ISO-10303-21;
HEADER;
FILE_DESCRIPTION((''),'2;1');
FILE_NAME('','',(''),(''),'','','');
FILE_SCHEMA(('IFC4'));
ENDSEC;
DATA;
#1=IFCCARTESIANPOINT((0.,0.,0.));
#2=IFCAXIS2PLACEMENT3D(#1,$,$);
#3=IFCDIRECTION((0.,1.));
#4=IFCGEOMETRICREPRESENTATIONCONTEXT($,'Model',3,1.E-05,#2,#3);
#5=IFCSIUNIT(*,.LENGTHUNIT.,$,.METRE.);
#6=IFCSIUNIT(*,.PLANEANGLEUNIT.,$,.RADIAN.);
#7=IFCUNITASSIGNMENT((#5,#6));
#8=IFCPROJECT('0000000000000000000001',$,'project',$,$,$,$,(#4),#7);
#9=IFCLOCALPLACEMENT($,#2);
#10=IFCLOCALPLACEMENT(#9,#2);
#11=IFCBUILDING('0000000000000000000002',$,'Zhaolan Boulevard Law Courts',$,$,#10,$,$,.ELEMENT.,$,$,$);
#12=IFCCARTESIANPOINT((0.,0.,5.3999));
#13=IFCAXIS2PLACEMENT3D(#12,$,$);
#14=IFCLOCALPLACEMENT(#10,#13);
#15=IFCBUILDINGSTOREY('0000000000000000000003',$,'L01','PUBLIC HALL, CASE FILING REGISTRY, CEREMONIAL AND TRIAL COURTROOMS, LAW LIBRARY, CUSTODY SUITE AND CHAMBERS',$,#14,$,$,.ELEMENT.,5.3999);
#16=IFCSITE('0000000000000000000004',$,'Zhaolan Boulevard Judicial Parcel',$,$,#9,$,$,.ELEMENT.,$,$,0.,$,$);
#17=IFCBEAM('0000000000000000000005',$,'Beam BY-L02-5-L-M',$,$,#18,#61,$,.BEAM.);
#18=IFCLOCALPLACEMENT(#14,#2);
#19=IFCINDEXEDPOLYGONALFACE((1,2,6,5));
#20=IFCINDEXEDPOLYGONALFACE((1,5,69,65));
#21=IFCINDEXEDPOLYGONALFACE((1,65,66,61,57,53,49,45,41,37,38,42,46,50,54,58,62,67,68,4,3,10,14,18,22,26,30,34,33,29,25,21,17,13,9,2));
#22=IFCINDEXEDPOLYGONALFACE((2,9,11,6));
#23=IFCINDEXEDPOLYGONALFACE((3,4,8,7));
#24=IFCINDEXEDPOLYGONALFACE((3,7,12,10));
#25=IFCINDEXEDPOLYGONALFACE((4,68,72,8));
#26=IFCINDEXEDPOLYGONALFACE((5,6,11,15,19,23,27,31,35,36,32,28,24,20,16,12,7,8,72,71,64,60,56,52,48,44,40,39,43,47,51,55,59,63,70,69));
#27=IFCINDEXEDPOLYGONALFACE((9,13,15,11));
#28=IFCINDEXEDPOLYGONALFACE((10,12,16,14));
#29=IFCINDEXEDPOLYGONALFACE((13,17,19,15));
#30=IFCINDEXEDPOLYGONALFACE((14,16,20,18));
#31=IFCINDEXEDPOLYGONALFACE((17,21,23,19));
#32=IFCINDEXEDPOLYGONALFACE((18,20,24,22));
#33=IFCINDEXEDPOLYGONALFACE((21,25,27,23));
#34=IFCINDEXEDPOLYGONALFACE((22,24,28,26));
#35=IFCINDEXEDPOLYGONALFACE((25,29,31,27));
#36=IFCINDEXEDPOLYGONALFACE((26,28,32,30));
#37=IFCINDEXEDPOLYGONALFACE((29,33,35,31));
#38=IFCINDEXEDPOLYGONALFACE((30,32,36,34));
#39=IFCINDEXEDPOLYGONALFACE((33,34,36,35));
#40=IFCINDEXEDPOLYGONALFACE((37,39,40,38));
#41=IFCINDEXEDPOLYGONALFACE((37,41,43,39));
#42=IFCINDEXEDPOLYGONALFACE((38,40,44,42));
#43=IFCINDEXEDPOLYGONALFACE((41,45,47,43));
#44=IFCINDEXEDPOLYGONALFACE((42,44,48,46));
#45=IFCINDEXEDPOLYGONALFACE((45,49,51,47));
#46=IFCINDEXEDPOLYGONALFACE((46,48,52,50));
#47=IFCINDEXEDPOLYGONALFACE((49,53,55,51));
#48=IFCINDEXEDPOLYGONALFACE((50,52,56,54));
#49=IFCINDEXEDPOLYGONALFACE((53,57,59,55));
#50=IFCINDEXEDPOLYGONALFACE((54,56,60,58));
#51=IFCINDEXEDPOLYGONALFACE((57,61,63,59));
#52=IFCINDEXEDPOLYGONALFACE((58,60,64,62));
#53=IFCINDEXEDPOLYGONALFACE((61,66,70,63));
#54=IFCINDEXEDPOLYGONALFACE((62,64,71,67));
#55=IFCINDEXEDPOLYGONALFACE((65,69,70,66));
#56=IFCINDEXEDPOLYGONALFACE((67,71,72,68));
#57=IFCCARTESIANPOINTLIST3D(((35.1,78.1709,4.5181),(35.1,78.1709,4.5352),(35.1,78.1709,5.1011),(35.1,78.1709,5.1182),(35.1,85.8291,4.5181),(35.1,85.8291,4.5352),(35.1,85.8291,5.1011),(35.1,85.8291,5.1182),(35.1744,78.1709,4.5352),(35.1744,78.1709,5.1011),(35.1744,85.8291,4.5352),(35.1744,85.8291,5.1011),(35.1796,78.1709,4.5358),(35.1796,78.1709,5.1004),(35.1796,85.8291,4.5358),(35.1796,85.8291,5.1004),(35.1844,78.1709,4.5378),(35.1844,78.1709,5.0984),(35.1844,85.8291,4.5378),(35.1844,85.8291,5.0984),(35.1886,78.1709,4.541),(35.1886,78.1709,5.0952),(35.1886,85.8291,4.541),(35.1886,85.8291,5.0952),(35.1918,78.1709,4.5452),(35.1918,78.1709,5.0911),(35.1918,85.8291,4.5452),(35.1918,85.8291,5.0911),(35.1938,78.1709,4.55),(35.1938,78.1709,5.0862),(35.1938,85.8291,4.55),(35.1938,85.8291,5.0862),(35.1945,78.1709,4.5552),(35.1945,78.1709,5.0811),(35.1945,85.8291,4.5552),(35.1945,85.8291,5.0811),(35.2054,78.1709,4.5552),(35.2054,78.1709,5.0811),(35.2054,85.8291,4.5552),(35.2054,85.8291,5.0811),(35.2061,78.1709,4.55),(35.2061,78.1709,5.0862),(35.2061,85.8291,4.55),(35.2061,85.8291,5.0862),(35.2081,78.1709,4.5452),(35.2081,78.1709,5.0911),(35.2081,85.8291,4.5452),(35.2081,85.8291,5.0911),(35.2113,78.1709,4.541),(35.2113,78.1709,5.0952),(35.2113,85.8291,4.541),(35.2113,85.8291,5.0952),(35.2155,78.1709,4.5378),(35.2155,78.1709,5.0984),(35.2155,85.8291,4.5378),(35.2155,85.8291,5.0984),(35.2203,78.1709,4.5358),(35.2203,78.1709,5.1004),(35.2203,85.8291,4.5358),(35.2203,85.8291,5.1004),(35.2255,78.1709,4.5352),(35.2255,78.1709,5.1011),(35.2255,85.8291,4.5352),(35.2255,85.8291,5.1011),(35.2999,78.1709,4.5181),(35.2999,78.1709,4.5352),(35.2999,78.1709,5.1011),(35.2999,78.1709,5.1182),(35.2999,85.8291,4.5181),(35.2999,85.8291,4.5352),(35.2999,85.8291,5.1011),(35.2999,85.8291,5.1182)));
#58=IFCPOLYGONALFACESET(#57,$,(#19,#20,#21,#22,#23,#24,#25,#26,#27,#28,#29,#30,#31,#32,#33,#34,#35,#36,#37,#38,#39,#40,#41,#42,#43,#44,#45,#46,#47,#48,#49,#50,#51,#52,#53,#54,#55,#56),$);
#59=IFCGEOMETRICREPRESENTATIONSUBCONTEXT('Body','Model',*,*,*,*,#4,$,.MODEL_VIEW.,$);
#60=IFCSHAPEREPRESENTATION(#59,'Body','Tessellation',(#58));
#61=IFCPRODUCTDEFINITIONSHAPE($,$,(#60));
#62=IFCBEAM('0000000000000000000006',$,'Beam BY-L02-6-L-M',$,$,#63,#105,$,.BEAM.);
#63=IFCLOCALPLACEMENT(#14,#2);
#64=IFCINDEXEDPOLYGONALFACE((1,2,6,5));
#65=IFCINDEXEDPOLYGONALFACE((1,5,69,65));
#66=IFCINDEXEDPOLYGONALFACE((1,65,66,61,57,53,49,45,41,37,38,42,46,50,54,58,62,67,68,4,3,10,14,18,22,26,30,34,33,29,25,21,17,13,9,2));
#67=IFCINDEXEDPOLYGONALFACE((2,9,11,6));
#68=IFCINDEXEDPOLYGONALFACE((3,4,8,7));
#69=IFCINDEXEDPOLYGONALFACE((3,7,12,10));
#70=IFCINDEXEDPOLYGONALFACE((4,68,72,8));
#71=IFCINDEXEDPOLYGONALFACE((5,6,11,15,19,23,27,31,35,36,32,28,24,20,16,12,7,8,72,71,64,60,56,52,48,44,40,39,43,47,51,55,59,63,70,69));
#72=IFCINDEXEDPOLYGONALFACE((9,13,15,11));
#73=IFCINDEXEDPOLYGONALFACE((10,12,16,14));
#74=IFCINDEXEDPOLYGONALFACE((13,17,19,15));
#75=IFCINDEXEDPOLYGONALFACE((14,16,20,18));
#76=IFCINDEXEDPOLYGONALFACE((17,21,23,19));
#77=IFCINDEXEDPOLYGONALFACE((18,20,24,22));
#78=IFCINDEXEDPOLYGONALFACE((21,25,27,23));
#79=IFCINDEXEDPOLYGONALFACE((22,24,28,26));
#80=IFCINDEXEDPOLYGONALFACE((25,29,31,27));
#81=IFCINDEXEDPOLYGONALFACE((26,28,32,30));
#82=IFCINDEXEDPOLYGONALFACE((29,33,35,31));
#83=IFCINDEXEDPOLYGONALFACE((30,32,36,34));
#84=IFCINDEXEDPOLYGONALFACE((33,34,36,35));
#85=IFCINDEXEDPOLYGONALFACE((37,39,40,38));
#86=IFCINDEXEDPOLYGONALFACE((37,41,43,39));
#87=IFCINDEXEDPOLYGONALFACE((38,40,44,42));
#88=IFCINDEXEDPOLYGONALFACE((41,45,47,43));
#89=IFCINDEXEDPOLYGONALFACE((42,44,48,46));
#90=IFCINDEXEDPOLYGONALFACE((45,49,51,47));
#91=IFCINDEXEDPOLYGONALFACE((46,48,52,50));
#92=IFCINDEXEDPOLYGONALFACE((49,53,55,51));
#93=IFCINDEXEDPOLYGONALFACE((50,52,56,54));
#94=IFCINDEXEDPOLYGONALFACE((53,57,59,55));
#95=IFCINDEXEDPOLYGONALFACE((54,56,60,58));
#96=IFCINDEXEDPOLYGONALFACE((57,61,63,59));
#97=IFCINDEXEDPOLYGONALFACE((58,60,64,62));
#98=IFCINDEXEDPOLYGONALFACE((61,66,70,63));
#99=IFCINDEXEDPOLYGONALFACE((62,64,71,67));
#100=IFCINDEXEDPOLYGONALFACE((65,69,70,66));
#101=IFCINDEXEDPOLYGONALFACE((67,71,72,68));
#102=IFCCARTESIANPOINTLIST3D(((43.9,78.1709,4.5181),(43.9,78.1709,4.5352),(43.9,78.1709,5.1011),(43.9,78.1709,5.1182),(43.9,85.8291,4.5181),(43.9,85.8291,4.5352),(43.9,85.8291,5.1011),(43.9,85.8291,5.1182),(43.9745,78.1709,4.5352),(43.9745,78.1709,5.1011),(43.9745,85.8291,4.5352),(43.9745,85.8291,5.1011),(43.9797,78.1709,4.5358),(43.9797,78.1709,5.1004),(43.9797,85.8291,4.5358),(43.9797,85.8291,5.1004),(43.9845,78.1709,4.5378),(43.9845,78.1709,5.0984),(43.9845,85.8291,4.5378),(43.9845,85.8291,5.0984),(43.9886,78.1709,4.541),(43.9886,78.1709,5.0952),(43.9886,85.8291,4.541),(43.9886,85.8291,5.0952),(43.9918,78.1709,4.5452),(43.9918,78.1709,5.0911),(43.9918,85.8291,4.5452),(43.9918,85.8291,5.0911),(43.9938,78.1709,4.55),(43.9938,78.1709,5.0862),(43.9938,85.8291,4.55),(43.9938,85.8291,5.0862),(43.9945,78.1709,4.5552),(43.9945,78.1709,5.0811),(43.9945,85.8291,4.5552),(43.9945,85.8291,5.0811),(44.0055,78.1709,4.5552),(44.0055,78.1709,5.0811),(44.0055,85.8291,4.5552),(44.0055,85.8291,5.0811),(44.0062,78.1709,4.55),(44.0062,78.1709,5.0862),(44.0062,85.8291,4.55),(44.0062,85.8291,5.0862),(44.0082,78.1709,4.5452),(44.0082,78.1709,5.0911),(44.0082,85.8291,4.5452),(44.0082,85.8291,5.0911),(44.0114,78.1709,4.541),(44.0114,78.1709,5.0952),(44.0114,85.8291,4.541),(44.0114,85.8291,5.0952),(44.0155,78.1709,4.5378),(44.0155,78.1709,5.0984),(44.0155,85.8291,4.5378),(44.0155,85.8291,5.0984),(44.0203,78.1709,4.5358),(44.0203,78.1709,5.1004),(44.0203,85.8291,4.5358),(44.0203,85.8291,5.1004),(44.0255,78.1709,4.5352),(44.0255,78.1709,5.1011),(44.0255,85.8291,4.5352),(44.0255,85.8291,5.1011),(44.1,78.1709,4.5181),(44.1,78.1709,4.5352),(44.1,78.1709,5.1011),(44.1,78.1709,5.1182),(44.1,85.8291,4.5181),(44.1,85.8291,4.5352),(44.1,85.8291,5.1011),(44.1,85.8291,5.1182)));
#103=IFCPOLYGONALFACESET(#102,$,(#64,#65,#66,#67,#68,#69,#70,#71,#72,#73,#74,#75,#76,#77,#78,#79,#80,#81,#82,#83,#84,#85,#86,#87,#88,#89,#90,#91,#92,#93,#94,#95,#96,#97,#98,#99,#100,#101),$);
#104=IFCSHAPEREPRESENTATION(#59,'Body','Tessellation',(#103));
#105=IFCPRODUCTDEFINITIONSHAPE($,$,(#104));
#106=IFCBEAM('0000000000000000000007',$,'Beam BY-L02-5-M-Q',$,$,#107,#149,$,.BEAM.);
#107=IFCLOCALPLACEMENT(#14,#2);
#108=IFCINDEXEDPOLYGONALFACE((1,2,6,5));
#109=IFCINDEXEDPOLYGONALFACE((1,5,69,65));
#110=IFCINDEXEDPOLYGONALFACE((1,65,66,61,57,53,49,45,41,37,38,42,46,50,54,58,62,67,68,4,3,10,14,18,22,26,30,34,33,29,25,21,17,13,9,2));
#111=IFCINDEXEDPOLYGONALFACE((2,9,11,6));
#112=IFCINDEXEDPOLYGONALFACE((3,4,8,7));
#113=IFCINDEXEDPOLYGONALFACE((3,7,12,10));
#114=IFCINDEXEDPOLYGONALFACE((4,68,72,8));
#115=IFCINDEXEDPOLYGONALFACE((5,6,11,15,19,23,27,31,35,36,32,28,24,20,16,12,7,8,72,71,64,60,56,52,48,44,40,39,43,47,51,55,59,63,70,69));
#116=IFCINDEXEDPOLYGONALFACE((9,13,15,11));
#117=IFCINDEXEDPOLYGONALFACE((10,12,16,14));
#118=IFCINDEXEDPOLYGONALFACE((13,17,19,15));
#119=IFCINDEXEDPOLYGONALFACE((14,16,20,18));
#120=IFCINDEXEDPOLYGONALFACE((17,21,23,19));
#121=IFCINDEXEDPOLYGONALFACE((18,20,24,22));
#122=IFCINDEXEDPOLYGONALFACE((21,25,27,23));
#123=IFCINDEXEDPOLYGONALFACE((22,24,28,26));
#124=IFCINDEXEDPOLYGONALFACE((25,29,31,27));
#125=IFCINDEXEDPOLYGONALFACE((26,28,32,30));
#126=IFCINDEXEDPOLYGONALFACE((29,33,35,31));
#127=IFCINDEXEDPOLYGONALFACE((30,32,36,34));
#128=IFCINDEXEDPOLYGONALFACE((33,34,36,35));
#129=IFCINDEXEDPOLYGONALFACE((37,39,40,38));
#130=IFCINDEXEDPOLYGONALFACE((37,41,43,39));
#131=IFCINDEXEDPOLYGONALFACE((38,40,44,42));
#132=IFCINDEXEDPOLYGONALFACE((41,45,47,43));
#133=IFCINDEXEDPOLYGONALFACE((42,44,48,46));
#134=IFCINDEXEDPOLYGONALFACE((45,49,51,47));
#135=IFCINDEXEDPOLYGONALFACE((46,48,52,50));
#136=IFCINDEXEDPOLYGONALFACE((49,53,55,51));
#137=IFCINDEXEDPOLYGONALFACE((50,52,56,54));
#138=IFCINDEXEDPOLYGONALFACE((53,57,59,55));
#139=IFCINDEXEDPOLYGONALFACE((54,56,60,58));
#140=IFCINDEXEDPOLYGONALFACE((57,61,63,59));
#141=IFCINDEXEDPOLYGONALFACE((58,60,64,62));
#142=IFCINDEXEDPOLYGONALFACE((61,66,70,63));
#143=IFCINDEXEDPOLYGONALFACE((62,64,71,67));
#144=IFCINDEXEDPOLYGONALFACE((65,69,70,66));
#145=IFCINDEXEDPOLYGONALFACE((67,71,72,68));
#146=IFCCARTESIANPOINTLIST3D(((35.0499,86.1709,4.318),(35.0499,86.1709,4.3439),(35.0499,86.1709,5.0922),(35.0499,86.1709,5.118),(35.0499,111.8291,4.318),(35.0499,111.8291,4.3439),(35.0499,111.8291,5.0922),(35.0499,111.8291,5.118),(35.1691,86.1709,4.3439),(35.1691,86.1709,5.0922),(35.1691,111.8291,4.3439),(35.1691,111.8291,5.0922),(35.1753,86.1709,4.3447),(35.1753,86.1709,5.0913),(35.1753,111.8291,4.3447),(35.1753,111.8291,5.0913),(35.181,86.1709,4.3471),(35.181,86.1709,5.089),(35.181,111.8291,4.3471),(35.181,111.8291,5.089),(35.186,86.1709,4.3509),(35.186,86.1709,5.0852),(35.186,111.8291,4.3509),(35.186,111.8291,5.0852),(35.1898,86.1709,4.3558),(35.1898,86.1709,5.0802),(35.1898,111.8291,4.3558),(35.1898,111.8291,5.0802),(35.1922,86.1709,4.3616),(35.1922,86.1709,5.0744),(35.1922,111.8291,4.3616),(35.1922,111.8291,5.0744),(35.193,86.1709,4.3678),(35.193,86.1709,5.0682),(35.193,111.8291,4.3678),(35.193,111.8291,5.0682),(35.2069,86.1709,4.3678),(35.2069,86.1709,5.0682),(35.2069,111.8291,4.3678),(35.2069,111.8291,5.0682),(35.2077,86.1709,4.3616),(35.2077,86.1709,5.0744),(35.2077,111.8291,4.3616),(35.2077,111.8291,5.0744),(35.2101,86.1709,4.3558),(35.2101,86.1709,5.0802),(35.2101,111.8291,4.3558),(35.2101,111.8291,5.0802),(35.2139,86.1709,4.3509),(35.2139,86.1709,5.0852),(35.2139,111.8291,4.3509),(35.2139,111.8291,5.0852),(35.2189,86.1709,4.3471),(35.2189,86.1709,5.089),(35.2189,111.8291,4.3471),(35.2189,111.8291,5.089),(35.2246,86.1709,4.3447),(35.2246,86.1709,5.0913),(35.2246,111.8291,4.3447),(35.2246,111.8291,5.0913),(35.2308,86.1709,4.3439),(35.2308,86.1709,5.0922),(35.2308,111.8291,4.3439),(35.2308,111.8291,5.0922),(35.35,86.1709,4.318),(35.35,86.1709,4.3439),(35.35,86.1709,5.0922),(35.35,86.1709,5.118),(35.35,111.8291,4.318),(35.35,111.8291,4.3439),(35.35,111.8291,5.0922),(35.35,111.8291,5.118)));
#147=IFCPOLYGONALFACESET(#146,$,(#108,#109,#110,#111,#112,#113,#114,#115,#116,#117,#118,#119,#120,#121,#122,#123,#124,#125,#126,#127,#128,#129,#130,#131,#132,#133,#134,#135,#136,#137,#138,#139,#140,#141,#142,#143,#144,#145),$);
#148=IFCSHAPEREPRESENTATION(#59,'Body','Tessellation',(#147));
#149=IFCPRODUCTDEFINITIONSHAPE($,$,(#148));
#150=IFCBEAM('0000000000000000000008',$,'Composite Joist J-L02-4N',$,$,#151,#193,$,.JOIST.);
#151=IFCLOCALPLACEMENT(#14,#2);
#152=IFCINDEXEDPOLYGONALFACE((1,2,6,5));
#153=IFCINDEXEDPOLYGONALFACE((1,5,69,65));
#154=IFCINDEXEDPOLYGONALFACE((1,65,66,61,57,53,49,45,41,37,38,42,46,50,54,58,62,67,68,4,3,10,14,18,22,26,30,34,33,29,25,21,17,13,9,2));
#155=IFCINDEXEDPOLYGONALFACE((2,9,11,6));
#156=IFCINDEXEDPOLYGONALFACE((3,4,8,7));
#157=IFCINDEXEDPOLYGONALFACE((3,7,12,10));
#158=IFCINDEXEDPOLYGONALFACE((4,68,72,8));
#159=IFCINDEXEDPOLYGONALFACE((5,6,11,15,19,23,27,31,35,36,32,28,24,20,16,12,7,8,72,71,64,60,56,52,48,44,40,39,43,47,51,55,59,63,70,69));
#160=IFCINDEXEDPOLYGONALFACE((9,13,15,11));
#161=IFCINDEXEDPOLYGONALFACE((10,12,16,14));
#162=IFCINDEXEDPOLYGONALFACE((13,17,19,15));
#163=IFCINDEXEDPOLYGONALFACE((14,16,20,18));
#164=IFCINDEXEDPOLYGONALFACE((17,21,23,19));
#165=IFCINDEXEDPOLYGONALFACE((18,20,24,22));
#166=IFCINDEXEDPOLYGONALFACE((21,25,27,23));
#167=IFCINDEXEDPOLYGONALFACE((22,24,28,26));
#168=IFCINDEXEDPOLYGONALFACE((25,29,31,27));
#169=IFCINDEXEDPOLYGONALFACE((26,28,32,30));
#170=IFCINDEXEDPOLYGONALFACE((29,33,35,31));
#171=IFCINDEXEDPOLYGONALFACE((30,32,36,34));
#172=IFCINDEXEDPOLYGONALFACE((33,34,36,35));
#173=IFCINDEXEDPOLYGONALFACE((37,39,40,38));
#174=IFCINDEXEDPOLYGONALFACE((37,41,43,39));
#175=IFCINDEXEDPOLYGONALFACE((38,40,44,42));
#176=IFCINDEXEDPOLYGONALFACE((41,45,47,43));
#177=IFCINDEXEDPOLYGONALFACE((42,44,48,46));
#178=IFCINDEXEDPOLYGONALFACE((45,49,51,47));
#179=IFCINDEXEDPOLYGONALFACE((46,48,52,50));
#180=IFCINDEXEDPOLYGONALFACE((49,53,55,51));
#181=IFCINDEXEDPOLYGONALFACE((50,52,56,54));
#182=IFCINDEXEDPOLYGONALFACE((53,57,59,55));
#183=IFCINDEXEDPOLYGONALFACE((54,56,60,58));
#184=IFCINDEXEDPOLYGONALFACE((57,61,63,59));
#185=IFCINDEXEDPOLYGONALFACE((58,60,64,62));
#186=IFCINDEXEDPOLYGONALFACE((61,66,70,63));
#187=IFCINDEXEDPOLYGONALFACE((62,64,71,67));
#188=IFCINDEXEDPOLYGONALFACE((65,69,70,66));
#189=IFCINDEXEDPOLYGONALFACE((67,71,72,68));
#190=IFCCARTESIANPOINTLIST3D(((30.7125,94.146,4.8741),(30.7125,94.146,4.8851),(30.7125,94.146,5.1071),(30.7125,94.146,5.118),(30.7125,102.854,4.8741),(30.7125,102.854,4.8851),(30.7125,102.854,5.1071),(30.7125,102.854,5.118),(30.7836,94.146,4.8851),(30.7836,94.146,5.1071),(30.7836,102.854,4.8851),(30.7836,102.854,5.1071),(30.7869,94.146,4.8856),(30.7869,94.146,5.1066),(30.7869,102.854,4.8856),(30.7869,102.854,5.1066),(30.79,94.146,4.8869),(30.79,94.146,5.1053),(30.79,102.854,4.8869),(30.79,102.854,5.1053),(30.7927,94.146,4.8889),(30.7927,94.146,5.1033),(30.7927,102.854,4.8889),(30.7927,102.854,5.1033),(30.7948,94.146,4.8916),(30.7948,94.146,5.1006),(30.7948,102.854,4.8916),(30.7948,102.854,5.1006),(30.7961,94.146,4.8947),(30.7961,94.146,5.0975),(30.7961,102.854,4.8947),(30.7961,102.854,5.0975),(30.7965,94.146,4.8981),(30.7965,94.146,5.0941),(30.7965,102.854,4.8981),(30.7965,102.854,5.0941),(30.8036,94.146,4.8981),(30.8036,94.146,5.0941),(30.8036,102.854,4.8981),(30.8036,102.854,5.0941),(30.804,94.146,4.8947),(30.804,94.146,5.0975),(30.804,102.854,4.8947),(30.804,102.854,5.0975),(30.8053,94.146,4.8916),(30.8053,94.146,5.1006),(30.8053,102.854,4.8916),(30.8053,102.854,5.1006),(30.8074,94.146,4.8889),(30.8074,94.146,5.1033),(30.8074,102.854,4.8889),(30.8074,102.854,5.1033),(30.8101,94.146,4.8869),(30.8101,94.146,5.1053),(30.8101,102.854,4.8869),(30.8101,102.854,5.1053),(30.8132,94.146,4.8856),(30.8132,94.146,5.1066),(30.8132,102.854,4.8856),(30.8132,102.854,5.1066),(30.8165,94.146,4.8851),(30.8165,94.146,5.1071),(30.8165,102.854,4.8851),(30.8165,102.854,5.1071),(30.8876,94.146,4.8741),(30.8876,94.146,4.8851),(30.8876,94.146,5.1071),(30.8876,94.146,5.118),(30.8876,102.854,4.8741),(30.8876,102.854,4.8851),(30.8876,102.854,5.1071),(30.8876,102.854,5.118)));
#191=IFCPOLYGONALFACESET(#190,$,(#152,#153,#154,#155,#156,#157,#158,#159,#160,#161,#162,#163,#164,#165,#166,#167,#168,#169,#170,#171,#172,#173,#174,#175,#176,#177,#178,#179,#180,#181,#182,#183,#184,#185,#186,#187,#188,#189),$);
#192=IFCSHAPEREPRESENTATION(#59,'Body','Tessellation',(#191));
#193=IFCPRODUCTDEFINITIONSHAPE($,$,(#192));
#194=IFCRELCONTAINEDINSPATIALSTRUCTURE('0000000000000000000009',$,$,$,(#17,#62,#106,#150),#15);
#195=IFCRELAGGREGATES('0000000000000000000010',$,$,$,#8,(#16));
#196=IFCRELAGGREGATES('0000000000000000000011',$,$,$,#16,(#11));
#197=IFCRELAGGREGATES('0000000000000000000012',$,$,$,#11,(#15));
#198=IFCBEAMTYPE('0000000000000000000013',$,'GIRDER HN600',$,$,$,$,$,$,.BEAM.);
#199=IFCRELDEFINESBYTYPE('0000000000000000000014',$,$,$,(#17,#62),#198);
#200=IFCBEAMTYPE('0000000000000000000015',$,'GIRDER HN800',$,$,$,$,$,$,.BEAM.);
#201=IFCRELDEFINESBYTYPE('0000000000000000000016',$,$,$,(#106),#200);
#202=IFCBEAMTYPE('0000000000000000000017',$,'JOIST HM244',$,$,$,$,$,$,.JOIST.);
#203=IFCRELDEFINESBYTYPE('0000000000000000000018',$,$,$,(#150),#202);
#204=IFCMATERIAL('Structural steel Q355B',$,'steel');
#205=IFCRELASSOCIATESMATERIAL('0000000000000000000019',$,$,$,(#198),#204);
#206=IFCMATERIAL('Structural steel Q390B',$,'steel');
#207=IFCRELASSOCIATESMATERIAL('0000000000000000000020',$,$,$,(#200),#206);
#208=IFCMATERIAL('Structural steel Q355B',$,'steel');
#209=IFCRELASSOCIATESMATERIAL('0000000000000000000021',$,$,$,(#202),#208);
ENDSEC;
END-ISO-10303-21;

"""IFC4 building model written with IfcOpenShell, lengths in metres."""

from ifc_helpers import new_model, si_unit, direction, frame, origin, origin_2d, place, context, subcontext, project, spatial, i_section, extrude, material, material_profile, profile_set, type_object, element, save


model = new_model("IFC4")

# Units and contexts
model_context = context("Model", 3, precision=1e-05, world=origin(), true_north=direction((0.0, 1.0)))
body_context = subcontext(model_context, "Body", "Model", "MODEL_VIEW")
ifc_project = project(units=[si_unit("LENGTHUNIT", "METRE"), si_unit("PLANEANGLEUNIT", "RADIAN")], contexts=[model_context])

# Site, building, storey
site_placement = place(None, origin())
site = spatial("IfcSite", under=ifc_project, at=site_placement, Name="Zhaolan Boulevard Judicial Parcel", CompositionType="ELEMENT", RefElevation=0.0)
building_placement = place(site_placement, origin())
building = spatial("IfcBuilding", under=site, at=building_placement, Name="Zhaolan Boulevard Law Courts", CompositionType="ELEMENT")
storey_placement = place(building_placement, frame((0.0, 0.0, 5.3999)))
storey = spatial("IfcBuildingStorey", under=building, at=storey_placement, Name="L01", Description="PUBLIC HALL, CASE FILING REGISTRY, CEREMONIAL AND TRIAL COURTROOMS, LAW LIBRARY, CUSTODY SUITE AND CHAMBERS", CompositionType="ELEMENT", Elevation=5.3999)

# Beams
ifc_material_1 = material(Name="Structural steel Q355B", Category="steel")
ifc_material_profile_1 = material_profile(ifc_material_1, i_section(OverallWidth=0.2, OverallDepth=0.6001, WebThickness=0.011, FlangeThickness=0.0171, FilletRadius=0.02, at=origin_2d()), Name="HN600x200")
ifc_profile_set_1 = profile_set([ifc_material_profile_1], Name="Structural steel Q355B")
beam_type_1 = type_object("IfcBeamType", Name="GIRDER HN600", PredefinedType="BEAM", material=ifc_profile_set_1)
for number, where, z_axis, x_axis, name in (
    (1, (35.2, 78.1709, 4.8181), (0.0, 1.0, 0.0), (-1.0, 0.0, 0.0), "Beam BY-L02-5-L-M"),
    (2, (44.0, 78.1709, 4.8181), (0.0, 1.0, 0.0), (-1.0, 0.0, 0.0), "Beam BY-L02-6-L-M"),
):
    element("IfcBeam", number, at=place(storey_placement, frame(where, z_axis=z_axis, x_axis=x_axis)), inside=storey, type_object=beam_type_1, Name=name, PredefinedType="BEAM", context=body_context, shape_type="SweptSolid", body=[
        extrude(i_section(OverallWidth=0.2, OverallDepth=0.6001, WebThickness=0.011, FlangeThickness=0.0171, FilletRadius=0.02, at=origin_2d()), origin(), (0.0, 0.0, 1.0), 7.6582),
    ])
ifc_material_2 = material(Name="Structural steel Q390B", Category="steel")
ifc_material_profile_2 = material_profile(ifc_material_2, i_section(OverallWidth=0.3, OverallDepth=0.8, WebThickness=0.0139, FlangeThickness=0.0259, FilletRadius=0.0239, at=origin_2d()), Name="HN800x300")
ifc_profile_set_2 = profile_set([ifc_material_profile_2], Name="Structural steel Q390B")
beam_type_2 = type_object("IfcBeamType", Name="GIRDER HN800", PredefinedType="BEAM", material=ifc_profile_set_2)
beam_1_placement = place(storey_placement, frame((35.2, 86.1709, 4.718), z_axis=(0.0, 1.0, 0.0), x_axis=(-1.0, 0.0, 0.0)))
element("IfcBeam", 3, at=beam_1_placement, inside=storey, type_object=beam_type_2, Name="Beam BY-L02-5-M-Q", PredefinedType="BEAM", context=body_context, shape_type="SweptSolid", body=[
    extrude(i_section(OverallWidth=0.3, OverallDepth=0.8, WebThickness=0.0139, FlangeThickness=0.0259, FilletRadius=0.0239, at=origin_2d()), origin(), (0.0, 0.0, 1.0), 25.6582),
])
ifc_material_3 = material(Name="Structural steel Q355B", Category="steel")
ifc_material_profile_3 = material_profile(ifc_material_3, i_section(OverallWidth=0.175, OverallDepth=0.2439, WebThickness=0.0071, FlangeThickness=0.011, FilletRadius=0.0129, at=origin_2d()), Name="HM244x175")
ifc_profile_set_3 = profile_set([ifc_material_profile_3], Name="Structural steel Q355B")
beam_type_3 = type_object("IfcBeamType", Name="JOIST HM244", PredefinedType="JOIST", material=ifc_profile_set_3)
beam_2_placement = place(storey_placement, frame((30.8, 94.146, 4.9961), z_axis=(0.0, 1.0, 0.0), x_axis=(-1.0, 0.0, 0.0)))
element("IfcBeam", 4, at=beam_2_placement, inside=storey, type_object=beam_type_3, Name="Composite Joist J-L02-4N", PredefinedType="JOIST", context=body_context, shape_type="SweptSolid", body=[
    extrude(i_section(OverallWidth=0.175, OverallDepth=0.2439, WebThickness=0.0071, FlangeThickness=0.011, FilletRadius=0.0129, at=origin_2d()), origin(), (0.0, 0.0, 1.0), 8.708),
])

save(model, "model.ifc")
